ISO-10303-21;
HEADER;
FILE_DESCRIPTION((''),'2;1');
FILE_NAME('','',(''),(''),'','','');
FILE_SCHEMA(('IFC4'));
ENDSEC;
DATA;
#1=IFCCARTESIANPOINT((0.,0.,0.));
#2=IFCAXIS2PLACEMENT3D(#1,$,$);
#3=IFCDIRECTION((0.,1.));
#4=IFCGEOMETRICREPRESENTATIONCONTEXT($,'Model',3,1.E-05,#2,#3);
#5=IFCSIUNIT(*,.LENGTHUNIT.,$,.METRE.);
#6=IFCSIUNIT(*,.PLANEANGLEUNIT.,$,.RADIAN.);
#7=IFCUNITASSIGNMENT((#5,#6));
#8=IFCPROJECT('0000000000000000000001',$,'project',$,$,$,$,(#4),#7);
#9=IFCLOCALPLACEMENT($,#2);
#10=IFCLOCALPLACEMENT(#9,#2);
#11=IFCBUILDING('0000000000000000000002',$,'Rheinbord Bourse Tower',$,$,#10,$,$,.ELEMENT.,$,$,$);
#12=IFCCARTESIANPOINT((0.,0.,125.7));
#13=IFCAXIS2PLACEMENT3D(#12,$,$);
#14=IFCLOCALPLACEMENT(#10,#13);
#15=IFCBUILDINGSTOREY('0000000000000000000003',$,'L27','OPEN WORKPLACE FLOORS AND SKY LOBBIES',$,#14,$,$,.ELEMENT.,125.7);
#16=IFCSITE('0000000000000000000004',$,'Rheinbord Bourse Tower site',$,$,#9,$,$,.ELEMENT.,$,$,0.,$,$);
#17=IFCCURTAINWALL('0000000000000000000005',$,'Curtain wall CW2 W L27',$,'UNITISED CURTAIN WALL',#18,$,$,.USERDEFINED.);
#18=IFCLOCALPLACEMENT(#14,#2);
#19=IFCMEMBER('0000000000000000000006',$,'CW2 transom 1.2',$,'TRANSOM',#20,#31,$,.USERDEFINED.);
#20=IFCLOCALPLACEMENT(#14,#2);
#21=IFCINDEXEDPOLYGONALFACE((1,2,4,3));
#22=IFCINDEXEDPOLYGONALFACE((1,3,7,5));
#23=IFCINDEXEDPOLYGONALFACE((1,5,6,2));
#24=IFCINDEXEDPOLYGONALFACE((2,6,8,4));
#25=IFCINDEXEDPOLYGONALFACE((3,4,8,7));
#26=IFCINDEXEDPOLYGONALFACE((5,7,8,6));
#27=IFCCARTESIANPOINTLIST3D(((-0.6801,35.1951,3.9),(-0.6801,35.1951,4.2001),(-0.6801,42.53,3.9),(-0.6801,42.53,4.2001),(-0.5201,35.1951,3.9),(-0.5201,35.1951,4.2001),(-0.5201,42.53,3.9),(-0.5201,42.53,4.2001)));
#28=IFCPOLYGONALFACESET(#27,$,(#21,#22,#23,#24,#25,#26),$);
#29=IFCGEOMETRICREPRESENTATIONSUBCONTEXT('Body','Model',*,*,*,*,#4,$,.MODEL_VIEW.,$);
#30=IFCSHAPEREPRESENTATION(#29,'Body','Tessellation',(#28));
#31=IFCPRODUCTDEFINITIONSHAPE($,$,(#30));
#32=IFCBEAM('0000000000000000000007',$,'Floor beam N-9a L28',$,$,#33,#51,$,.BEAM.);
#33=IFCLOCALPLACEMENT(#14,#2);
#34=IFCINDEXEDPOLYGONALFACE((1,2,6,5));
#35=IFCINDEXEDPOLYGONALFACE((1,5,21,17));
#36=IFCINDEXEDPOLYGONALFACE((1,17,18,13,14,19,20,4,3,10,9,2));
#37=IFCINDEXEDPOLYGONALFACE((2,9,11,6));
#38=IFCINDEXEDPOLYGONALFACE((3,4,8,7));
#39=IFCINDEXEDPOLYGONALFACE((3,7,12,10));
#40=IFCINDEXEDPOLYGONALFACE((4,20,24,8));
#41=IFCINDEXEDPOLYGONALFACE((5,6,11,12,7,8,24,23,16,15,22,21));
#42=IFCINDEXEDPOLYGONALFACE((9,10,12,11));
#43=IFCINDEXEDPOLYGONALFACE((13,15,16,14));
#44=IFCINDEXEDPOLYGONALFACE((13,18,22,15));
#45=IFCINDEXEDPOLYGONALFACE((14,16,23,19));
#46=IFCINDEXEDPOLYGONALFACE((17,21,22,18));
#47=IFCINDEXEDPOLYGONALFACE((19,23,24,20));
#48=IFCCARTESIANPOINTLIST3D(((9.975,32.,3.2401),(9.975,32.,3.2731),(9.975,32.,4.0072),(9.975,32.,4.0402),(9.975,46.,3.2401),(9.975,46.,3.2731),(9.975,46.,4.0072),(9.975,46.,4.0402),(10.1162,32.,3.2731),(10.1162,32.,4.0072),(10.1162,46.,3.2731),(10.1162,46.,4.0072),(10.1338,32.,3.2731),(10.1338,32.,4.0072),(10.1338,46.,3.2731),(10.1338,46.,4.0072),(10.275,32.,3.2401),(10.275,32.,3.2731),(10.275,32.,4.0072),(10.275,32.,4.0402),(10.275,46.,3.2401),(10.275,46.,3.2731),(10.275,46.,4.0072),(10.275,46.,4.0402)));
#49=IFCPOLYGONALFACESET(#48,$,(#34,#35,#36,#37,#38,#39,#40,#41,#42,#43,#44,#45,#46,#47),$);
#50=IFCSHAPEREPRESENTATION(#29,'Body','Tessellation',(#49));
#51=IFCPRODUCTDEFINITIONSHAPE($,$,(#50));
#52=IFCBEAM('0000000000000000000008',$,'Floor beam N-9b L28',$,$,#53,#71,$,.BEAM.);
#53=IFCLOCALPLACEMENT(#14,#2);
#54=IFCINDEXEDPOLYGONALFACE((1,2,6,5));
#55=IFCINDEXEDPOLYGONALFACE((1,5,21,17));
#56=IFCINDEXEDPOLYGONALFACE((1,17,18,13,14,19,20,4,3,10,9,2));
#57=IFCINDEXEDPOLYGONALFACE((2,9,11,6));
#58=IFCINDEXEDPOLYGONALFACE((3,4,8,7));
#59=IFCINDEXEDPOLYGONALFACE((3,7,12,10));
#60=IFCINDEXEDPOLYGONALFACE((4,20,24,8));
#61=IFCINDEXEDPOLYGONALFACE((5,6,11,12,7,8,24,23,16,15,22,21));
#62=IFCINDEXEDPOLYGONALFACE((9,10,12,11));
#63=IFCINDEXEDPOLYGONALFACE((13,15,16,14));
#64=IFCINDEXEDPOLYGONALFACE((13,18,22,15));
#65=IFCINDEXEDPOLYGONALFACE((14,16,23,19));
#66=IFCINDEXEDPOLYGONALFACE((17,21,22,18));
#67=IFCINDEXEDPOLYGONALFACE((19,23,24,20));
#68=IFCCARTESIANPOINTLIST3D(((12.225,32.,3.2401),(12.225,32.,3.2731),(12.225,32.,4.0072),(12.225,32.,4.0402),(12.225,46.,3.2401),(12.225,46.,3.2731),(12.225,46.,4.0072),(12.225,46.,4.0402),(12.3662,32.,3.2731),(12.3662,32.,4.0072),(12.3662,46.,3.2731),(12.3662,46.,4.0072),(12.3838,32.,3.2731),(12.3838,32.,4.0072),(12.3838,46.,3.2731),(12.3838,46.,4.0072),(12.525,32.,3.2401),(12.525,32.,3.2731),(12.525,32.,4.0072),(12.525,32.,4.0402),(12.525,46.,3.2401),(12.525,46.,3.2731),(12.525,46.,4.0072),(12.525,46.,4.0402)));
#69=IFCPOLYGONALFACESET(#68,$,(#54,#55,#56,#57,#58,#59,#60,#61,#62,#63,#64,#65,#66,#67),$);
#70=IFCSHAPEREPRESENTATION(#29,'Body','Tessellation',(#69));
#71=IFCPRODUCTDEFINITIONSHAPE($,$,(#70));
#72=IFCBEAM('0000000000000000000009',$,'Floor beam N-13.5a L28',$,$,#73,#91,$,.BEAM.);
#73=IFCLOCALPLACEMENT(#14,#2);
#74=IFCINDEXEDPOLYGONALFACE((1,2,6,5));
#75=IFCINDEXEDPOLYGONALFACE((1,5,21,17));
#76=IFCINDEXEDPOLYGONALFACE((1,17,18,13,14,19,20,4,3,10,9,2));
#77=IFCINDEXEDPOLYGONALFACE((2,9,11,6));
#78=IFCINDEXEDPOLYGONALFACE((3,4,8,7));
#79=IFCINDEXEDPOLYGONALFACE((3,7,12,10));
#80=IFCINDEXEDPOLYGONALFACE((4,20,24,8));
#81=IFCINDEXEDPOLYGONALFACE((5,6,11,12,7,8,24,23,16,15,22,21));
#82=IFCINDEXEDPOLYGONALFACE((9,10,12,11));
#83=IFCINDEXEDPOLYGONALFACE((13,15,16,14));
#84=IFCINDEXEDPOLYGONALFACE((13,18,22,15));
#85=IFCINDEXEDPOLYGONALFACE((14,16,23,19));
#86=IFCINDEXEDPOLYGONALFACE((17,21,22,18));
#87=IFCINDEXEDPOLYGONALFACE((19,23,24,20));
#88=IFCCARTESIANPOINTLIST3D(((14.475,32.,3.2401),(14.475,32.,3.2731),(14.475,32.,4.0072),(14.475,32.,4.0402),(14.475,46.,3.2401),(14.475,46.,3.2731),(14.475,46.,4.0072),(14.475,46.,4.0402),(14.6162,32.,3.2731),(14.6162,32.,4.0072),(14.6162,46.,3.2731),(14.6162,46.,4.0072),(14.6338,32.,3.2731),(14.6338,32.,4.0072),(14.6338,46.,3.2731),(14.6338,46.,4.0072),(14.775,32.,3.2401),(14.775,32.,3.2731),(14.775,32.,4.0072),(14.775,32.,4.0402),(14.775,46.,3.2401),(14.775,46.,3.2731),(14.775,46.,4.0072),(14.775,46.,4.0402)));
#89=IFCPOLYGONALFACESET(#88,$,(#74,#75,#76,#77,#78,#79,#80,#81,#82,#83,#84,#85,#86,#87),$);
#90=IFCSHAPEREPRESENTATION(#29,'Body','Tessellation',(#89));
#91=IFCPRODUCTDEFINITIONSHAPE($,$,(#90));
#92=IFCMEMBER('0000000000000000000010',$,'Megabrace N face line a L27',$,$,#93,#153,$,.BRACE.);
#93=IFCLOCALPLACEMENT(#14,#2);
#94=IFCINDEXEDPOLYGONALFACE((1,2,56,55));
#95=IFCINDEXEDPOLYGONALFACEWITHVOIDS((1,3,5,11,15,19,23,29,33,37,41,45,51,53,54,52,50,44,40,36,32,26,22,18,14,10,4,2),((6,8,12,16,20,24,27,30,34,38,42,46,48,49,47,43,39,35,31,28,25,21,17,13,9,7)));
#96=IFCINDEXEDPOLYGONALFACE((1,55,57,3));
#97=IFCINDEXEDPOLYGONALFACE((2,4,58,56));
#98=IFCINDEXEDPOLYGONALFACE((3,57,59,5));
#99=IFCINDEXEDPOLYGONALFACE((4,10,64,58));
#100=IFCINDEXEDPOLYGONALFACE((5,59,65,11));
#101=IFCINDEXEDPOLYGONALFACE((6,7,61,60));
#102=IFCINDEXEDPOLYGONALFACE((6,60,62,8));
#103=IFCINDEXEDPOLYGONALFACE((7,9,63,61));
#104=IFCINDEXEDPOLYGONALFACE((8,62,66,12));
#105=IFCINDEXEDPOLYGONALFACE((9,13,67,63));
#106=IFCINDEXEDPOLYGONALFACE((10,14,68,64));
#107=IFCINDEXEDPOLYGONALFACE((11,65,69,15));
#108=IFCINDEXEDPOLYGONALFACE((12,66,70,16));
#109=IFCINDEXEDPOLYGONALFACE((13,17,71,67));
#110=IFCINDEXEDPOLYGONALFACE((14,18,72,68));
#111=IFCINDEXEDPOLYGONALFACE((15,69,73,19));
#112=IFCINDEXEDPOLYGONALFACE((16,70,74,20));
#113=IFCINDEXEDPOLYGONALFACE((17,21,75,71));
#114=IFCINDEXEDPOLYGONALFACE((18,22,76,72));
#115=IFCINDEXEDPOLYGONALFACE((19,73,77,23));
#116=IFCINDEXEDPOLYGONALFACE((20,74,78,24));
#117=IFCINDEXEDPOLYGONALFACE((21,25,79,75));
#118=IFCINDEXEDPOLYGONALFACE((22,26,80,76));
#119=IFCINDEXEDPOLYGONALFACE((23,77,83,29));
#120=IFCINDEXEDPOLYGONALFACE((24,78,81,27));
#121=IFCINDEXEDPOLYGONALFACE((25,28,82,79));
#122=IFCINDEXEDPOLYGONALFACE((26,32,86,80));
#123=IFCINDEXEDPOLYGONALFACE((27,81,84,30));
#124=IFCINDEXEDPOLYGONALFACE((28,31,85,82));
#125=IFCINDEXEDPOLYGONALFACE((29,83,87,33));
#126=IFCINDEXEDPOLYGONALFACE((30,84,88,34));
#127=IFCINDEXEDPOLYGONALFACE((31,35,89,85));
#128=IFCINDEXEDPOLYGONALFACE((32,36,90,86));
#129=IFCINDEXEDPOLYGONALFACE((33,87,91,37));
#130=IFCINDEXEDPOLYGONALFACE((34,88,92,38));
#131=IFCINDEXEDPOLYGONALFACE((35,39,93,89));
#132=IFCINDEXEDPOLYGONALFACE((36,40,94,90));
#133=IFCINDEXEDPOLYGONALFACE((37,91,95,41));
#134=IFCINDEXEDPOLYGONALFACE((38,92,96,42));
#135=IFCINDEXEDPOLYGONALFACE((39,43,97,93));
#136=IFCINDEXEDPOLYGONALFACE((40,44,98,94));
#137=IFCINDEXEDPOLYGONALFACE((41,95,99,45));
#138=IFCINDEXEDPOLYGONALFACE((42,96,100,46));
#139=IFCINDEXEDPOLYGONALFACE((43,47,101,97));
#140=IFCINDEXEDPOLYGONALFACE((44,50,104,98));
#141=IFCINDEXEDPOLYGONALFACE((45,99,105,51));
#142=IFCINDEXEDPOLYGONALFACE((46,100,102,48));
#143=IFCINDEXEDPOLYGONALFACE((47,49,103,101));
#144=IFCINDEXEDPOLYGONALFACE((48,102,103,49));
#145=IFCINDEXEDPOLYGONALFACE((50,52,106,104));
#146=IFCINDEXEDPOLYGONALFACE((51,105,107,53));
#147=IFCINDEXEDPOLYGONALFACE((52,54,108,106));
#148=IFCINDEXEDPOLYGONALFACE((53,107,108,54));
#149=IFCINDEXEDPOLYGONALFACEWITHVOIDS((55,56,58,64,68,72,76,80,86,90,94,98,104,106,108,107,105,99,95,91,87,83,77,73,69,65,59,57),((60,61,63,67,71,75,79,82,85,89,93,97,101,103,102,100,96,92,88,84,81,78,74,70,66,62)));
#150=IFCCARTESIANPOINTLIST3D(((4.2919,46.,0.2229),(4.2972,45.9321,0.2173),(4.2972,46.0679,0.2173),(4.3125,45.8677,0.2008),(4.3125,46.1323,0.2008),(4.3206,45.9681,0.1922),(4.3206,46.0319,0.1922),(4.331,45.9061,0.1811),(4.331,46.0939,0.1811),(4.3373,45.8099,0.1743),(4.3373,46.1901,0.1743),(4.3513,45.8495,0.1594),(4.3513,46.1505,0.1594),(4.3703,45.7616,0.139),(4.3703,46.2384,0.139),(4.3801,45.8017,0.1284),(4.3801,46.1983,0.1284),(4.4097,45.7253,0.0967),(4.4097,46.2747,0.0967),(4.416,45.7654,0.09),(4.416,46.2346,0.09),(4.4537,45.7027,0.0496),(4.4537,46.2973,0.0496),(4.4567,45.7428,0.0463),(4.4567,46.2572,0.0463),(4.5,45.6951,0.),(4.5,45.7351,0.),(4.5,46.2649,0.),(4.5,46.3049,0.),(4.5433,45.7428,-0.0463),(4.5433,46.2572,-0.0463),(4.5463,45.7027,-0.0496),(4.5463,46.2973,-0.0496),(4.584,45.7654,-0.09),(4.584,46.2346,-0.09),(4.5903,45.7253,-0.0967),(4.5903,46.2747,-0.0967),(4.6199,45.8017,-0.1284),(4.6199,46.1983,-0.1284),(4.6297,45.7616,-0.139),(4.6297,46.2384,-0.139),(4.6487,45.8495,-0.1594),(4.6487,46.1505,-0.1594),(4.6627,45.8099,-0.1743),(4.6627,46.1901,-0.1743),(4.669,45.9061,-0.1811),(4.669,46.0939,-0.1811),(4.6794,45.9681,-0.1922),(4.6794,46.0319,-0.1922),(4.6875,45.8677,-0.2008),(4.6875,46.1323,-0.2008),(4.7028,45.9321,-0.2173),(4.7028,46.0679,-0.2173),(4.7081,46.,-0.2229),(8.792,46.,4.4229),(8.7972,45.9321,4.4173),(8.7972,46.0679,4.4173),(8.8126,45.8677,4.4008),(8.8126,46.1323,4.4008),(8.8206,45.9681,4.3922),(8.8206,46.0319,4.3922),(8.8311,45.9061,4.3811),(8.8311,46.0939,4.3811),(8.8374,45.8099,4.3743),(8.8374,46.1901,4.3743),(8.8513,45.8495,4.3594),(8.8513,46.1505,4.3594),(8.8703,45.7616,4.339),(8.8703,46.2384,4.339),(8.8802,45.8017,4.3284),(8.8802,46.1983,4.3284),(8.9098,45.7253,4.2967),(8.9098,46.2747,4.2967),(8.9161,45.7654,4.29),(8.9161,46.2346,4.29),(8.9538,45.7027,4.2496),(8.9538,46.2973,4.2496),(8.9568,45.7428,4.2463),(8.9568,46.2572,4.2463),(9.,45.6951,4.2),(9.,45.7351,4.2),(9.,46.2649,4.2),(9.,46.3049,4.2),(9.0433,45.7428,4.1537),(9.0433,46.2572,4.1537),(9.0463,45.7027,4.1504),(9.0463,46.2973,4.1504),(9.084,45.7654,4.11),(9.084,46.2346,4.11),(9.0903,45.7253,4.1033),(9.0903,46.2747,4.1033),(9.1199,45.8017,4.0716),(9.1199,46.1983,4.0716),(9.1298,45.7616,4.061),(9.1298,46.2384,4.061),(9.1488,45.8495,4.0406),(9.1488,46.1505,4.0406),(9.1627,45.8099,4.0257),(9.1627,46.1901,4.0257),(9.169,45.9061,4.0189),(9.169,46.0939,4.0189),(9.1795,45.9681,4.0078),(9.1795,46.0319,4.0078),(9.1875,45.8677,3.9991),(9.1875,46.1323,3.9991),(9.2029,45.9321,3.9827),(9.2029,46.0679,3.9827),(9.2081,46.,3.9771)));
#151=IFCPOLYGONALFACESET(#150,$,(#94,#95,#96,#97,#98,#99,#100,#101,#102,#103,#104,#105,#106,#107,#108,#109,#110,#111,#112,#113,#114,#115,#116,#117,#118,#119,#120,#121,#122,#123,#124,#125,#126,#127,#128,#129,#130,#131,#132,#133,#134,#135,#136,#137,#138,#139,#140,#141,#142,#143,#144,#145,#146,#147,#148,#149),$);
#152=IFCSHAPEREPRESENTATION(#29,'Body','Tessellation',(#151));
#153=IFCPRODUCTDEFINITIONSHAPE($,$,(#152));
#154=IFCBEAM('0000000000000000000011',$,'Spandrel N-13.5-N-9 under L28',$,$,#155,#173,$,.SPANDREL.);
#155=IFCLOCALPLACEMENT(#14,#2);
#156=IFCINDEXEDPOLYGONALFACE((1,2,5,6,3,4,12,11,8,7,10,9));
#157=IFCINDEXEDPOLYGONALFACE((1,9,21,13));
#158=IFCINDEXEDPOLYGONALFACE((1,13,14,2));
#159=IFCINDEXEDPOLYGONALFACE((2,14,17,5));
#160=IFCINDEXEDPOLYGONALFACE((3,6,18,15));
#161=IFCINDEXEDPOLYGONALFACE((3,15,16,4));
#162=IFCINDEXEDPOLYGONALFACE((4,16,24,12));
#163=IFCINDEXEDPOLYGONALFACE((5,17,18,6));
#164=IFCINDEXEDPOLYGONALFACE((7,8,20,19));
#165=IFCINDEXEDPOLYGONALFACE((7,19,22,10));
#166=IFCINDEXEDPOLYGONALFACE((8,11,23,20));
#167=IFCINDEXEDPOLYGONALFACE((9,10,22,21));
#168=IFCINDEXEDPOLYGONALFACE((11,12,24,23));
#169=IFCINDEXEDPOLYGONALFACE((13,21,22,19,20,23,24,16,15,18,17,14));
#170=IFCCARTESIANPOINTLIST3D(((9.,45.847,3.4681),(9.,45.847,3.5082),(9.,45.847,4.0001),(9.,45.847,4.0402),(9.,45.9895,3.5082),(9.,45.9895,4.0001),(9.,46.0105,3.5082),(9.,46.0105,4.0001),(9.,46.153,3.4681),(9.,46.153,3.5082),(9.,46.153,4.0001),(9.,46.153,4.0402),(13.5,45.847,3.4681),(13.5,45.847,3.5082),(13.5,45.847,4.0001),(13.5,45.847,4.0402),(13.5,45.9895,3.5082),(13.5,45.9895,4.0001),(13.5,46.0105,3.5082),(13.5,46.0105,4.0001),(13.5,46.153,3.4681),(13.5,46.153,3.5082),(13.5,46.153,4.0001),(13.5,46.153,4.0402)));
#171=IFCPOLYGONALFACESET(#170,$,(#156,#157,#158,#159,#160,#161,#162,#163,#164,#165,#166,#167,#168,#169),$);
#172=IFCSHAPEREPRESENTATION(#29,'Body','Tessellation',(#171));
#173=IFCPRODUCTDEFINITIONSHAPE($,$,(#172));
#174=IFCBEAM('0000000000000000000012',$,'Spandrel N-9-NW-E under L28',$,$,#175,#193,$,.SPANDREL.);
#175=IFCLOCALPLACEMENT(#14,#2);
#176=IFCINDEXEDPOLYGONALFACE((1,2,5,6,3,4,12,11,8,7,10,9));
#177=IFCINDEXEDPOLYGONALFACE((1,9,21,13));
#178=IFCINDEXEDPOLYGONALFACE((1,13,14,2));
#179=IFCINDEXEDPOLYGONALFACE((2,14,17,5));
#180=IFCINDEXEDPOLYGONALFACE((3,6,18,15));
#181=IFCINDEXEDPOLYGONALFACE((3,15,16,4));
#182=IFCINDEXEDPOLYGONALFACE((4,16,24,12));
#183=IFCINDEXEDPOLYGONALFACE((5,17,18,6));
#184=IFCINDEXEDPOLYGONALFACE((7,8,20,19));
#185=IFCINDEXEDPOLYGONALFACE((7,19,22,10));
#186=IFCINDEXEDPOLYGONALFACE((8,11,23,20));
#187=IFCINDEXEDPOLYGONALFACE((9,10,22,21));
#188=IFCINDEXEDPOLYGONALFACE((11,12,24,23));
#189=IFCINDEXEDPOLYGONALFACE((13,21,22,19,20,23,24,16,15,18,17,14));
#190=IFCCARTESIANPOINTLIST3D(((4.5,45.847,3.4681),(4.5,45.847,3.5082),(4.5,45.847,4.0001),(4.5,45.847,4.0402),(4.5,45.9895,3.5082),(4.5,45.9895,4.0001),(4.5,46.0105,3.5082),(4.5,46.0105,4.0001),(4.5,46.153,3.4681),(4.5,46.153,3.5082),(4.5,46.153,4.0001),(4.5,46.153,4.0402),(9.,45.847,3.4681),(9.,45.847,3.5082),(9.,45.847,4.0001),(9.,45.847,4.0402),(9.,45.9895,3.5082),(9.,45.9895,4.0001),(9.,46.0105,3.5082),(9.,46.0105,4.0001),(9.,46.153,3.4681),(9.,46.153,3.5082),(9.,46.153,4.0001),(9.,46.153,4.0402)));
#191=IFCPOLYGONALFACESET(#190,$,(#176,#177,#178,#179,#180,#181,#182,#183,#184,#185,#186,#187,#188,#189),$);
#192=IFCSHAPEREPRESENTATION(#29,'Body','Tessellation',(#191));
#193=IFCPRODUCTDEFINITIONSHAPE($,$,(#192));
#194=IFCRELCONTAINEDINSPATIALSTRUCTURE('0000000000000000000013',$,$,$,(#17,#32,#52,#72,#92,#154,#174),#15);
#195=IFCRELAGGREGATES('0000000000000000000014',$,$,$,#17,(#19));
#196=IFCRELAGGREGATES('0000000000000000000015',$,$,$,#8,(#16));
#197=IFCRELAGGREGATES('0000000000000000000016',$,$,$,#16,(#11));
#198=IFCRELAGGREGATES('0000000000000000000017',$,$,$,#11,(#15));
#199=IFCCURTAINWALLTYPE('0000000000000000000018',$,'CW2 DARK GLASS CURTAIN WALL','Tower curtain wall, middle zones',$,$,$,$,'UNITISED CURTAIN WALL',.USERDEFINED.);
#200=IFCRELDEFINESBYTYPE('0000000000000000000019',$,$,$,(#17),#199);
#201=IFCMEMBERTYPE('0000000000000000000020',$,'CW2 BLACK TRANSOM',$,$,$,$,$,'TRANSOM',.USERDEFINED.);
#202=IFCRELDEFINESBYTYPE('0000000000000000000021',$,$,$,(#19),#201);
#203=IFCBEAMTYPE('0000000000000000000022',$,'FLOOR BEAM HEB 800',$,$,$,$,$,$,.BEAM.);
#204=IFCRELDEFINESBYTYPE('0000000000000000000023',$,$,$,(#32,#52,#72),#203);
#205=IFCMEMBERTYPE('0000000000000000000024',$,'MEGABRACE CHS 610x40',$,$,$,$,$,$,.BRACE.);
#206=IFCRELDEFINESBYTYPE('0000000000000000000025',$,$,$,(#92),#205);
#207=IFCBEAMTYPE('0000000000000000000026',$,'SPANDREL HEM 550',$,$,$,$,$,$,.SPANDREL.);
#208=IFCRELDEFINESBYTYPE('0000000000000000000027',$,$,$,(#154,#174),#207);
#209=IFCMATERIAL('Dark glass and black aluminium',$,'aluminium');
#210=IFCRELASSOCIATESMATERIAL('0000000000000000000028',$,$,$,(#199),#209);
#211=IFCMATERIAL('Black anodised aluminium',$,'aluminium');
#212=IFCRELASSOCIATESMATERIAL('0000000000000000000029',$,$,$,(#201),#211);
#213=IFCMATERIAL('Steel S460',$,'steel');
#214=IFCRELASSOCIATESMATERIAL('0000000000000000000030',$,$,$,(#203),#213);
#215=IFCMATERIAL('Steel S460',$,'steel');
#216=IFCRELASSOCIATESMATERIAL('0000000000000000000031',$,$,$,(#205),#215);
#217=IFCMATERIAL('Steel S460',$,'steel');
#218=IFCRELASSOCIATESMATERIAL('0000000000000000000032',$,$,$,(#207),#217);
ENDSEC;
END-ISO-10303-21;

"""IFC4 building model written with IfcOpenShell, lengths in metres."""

from ifc_helpers import new_model, si_unit, direction, frame, origin, origin_2d, place, context, subcontext, project, spatial, rectangle, hollow_circle, i_section, extrude, material, material_profile, profile_set, type_object, element, aggregate, save


model = new_model("IFC4")

# Units and contexts
model_context = context("Model", 3, precision=1e-05, world=origin(), true_north=direction((0.0, 1.0)))
body_context = subcontext(model_context, "Body", "Model", "MODEL_VIEW")
ifc_project = project(units=[si_unit("LENGTHUNIT", "METRE"), si_unit("PLANEANGLEUNIT", "RADIAN")], contexts=[model_context])

# Site, building, storey
site_placement = place(None, origin())
site = spatial("IfcSite", under=ifc_project, at=site_placement, Name="Rheinbord Bourse Tower site", CompositionType="ELEMENT", RefElevation=0.0)
building_placement = place(site_placement, origin())
building = spatial("IfcBuilding", under=site, at=building_placement, Name="Rheinbord Bourse Tower", CompositionType="ELEMENT")
storey_placement = place(building_placement, frame((0.0, 0.0, 125.7)))
storey = spatial("IfcBuildingStorey", under=building, at=storey_placement, Name="L27", Description="OPEN WORKPLACE FLOORS AND SKY LOBBIES", CompositionType="ELEMENT", Elevation=125.7)

# Shared definitions
ifc_material_1 = material(Name="Dark glass and black aluminium", Category="aluminium")
curtain_wall_type = type_object("IfcCurtainWallType", Name="CW2 DARK GLASS CURTAIN WALL", Description="Tower curtain wall, middle zones", ElementType="UNITISED CURTAIN WALL", PredefinedType="USERDEFINED", material=ifc_material_1)

# Curtain wall
curtain_wall_1_placement = place(storey_placement, origin())
curtain_wall_1 = element("IfcCurtainWall", 1, at=curtain_wall_1_placement, inside=storey, type_object=curtain_wall_type, Name="Curtain wall CW2 W L27", ObjectType="UNITISED CURTAIN WALL", PredefinedType="USERDEFINED")

# Member
ifc_material_2 = material(Name="Black anodised aluminium", Category="aluminium")
ifc_material_profile_1 = material_profile(ifc_material_2, rectangle(XDim=0.1599, YDim=0.3, at=origin_2d()), Name="CW2 TRANSOM 300x160")
ifc_profile_set_1 = profile_set([ifc_material_profile_1], Name="Black anodised aluminium")
member_type_1 = type_object("IfcMemberType", Name="CW2 BLACK TRANSOM", ElementType="TRANSOM", PredefinedType="USERDEFINED", material=ifc_profile_set_1)
member_1_placement = place(storey_placement, frame((-0.6001, 42.53, 4.05), z_axis=(0.0, -1.0, 0.0), x_axis=(1.0, 0.0, 0.0)))
member_1 = element("IfcMember", 2, at=member_1_placement, type_object=member_type_1, Name="CW2 transom 1.2", ObjectType="TRANSOM", PredefinedType="USERDEFINED", context=body_context, shape_type="SweptSolid", body=[
    extrude(rectangle(XDim=0.1599, YDim=0.3, at=origin_2d()), origin(), (0.0, 0.0, 1.0), 7.335),
])

# Beams
ifc_material_3 = material(Name="Steel S460", Category="steel")
ifc_material_profile_2 = material_profile(ifc_material_3, i_section(OverallWidth=0.3, OverallDepth=0.8, WebThickness=0.0176, FlangeThickness=0.033, at=origin_2d()), Name="HEB 800")
ifc_profile_set_2 = profile_set([ifc_material_profile_2], Name="Steel S460")
beam_type_1 = type_object("IfcBeamType", Name="FLOOR BEAM HEB 800", PredefinedType="BEAM", material=ifc_profile_set_2)
for number, where, z_axis, x_axis, name in (
    (3, (10.125, 46.0, 3.6401), (0.0, -1.0, 0.0), (1.0, 0.0, 0.0), "Floor beam N-9a L28"),
    (4, (12.375, 46.0, 3.6401), (0.0, -1.0, 0.0), (1.0, 0.0, 0.0), "Floor beam N-9b L28"),
    (5, (14.625, 46.0, 3.6401), (0.0, -1.0, 0.0), (1.0, 0.0, 0.0), "Floor beam N-13.5a L28"),
):
    element("IfcBeam", number, at=place(storey_placement, frame(where, z_axis=z_axis, x_axis=x_axis)), inside=storey, type_object=beam_type_1, Name=name, PredefinedType="BEAM", context=body_context, shape_type="SweptSolid", body=[
        extrude(i_section(OverallWidth=0.3, OverallDepth=0.8, WebThickness=0.0176, FlangeThickness=0.033, at=origin_2d()), origin(), (0.0, 0.0, 1.0), 14.0),
    ])

# Member
ifc_material_4 = material(Name="Steel S460", Category="steel")
ifc_material_profile_3 = material_profile(ifc_material_4, hollow_circle(Radius=0.3049, WallThickness=0.04, at=origin_2d()), Name="CHS 610x40")
ifc_profile_set_3 = profile_set([ifc_material_profile_3], Name="Steel S460")
member_type_2 = type_object("IfcMemberType", Name="MEGABRACE CHS 610x40", PredefinedType="BRACE", material=ifc_profile_set_3)
member_2_placement = place(storey_placement, frame((4.5, 46.0, 0.0), z_axis=(0.731059, 0.0, 0.682314), x_axis=(0.0, 1.0, 0.0)))
element("IfcMember", 6, at=member_2_placement, inside=storey, type_object=member_type_2, Name="Megabrace N face line a L27", PredefinedType="BRACE", context=body_context, shape_type="SweptSolid", body=[
    extrude(hollow_circle(Radius=0.3049, WallThickness=0.04, at=origin_2d()), origin(), (0.0, 0.0, 1.0), 6.1555),
])

# Beams
ifc_material_5 = material(Name="Steel S460", Category="steel")
ifc_material_profile_4 = material_profile(ifc_material_5, i_section(OverallWidth=0.3059, OverallDepth=0.572, WebThickness=0.021, FlangeThickness=0.04, at=origin_2d()), Name="HEM 550")
ifc_profile_set_4 = profile_set([ifc_material_profile_4], Name="Steel S460")
beam_type_2 = type_object("IfcBeamType", Name="SPANDREL HEM 550", PredefinedType="SPANDREL", material=ifc_profile_set_4)
for number, where, z_axis, x_axis, name in (
    (7, (13.5, 46.0, 3.7542), (-1.0, 0.0, 0.0), (0.0, -1.0, 0.0), "Spandrel N-13.5-N-9 under L28"),
    (8, (9.0, 46.0, 3.7542), (-1.0, 0.0, 0.0), (0.0, -1.0, 0.0), "Spandrel N-9-NW-E under L28"),
):
    element("IfcBeam", number, at=place(storey_placement, frame(where, z_axis=z_axis, x_axis=x_axis)), inside=storey, type_object=beam_type_2, Name=name, PredefinedType="SPANDREL", context=body_context, shape_type="SweptSolid", body=[
        extrude(i_section(OverallWidth=0.3059, OverallDepth=0.572, WebThickness=0.021, FlangeThickness=0.04, at=origin_2d()), origin(), (0.0, 0.0, 1.0), 4.5),
    ])

aggregate(curtain_wall_1, [member_1])

save(model, "model.ifc")
